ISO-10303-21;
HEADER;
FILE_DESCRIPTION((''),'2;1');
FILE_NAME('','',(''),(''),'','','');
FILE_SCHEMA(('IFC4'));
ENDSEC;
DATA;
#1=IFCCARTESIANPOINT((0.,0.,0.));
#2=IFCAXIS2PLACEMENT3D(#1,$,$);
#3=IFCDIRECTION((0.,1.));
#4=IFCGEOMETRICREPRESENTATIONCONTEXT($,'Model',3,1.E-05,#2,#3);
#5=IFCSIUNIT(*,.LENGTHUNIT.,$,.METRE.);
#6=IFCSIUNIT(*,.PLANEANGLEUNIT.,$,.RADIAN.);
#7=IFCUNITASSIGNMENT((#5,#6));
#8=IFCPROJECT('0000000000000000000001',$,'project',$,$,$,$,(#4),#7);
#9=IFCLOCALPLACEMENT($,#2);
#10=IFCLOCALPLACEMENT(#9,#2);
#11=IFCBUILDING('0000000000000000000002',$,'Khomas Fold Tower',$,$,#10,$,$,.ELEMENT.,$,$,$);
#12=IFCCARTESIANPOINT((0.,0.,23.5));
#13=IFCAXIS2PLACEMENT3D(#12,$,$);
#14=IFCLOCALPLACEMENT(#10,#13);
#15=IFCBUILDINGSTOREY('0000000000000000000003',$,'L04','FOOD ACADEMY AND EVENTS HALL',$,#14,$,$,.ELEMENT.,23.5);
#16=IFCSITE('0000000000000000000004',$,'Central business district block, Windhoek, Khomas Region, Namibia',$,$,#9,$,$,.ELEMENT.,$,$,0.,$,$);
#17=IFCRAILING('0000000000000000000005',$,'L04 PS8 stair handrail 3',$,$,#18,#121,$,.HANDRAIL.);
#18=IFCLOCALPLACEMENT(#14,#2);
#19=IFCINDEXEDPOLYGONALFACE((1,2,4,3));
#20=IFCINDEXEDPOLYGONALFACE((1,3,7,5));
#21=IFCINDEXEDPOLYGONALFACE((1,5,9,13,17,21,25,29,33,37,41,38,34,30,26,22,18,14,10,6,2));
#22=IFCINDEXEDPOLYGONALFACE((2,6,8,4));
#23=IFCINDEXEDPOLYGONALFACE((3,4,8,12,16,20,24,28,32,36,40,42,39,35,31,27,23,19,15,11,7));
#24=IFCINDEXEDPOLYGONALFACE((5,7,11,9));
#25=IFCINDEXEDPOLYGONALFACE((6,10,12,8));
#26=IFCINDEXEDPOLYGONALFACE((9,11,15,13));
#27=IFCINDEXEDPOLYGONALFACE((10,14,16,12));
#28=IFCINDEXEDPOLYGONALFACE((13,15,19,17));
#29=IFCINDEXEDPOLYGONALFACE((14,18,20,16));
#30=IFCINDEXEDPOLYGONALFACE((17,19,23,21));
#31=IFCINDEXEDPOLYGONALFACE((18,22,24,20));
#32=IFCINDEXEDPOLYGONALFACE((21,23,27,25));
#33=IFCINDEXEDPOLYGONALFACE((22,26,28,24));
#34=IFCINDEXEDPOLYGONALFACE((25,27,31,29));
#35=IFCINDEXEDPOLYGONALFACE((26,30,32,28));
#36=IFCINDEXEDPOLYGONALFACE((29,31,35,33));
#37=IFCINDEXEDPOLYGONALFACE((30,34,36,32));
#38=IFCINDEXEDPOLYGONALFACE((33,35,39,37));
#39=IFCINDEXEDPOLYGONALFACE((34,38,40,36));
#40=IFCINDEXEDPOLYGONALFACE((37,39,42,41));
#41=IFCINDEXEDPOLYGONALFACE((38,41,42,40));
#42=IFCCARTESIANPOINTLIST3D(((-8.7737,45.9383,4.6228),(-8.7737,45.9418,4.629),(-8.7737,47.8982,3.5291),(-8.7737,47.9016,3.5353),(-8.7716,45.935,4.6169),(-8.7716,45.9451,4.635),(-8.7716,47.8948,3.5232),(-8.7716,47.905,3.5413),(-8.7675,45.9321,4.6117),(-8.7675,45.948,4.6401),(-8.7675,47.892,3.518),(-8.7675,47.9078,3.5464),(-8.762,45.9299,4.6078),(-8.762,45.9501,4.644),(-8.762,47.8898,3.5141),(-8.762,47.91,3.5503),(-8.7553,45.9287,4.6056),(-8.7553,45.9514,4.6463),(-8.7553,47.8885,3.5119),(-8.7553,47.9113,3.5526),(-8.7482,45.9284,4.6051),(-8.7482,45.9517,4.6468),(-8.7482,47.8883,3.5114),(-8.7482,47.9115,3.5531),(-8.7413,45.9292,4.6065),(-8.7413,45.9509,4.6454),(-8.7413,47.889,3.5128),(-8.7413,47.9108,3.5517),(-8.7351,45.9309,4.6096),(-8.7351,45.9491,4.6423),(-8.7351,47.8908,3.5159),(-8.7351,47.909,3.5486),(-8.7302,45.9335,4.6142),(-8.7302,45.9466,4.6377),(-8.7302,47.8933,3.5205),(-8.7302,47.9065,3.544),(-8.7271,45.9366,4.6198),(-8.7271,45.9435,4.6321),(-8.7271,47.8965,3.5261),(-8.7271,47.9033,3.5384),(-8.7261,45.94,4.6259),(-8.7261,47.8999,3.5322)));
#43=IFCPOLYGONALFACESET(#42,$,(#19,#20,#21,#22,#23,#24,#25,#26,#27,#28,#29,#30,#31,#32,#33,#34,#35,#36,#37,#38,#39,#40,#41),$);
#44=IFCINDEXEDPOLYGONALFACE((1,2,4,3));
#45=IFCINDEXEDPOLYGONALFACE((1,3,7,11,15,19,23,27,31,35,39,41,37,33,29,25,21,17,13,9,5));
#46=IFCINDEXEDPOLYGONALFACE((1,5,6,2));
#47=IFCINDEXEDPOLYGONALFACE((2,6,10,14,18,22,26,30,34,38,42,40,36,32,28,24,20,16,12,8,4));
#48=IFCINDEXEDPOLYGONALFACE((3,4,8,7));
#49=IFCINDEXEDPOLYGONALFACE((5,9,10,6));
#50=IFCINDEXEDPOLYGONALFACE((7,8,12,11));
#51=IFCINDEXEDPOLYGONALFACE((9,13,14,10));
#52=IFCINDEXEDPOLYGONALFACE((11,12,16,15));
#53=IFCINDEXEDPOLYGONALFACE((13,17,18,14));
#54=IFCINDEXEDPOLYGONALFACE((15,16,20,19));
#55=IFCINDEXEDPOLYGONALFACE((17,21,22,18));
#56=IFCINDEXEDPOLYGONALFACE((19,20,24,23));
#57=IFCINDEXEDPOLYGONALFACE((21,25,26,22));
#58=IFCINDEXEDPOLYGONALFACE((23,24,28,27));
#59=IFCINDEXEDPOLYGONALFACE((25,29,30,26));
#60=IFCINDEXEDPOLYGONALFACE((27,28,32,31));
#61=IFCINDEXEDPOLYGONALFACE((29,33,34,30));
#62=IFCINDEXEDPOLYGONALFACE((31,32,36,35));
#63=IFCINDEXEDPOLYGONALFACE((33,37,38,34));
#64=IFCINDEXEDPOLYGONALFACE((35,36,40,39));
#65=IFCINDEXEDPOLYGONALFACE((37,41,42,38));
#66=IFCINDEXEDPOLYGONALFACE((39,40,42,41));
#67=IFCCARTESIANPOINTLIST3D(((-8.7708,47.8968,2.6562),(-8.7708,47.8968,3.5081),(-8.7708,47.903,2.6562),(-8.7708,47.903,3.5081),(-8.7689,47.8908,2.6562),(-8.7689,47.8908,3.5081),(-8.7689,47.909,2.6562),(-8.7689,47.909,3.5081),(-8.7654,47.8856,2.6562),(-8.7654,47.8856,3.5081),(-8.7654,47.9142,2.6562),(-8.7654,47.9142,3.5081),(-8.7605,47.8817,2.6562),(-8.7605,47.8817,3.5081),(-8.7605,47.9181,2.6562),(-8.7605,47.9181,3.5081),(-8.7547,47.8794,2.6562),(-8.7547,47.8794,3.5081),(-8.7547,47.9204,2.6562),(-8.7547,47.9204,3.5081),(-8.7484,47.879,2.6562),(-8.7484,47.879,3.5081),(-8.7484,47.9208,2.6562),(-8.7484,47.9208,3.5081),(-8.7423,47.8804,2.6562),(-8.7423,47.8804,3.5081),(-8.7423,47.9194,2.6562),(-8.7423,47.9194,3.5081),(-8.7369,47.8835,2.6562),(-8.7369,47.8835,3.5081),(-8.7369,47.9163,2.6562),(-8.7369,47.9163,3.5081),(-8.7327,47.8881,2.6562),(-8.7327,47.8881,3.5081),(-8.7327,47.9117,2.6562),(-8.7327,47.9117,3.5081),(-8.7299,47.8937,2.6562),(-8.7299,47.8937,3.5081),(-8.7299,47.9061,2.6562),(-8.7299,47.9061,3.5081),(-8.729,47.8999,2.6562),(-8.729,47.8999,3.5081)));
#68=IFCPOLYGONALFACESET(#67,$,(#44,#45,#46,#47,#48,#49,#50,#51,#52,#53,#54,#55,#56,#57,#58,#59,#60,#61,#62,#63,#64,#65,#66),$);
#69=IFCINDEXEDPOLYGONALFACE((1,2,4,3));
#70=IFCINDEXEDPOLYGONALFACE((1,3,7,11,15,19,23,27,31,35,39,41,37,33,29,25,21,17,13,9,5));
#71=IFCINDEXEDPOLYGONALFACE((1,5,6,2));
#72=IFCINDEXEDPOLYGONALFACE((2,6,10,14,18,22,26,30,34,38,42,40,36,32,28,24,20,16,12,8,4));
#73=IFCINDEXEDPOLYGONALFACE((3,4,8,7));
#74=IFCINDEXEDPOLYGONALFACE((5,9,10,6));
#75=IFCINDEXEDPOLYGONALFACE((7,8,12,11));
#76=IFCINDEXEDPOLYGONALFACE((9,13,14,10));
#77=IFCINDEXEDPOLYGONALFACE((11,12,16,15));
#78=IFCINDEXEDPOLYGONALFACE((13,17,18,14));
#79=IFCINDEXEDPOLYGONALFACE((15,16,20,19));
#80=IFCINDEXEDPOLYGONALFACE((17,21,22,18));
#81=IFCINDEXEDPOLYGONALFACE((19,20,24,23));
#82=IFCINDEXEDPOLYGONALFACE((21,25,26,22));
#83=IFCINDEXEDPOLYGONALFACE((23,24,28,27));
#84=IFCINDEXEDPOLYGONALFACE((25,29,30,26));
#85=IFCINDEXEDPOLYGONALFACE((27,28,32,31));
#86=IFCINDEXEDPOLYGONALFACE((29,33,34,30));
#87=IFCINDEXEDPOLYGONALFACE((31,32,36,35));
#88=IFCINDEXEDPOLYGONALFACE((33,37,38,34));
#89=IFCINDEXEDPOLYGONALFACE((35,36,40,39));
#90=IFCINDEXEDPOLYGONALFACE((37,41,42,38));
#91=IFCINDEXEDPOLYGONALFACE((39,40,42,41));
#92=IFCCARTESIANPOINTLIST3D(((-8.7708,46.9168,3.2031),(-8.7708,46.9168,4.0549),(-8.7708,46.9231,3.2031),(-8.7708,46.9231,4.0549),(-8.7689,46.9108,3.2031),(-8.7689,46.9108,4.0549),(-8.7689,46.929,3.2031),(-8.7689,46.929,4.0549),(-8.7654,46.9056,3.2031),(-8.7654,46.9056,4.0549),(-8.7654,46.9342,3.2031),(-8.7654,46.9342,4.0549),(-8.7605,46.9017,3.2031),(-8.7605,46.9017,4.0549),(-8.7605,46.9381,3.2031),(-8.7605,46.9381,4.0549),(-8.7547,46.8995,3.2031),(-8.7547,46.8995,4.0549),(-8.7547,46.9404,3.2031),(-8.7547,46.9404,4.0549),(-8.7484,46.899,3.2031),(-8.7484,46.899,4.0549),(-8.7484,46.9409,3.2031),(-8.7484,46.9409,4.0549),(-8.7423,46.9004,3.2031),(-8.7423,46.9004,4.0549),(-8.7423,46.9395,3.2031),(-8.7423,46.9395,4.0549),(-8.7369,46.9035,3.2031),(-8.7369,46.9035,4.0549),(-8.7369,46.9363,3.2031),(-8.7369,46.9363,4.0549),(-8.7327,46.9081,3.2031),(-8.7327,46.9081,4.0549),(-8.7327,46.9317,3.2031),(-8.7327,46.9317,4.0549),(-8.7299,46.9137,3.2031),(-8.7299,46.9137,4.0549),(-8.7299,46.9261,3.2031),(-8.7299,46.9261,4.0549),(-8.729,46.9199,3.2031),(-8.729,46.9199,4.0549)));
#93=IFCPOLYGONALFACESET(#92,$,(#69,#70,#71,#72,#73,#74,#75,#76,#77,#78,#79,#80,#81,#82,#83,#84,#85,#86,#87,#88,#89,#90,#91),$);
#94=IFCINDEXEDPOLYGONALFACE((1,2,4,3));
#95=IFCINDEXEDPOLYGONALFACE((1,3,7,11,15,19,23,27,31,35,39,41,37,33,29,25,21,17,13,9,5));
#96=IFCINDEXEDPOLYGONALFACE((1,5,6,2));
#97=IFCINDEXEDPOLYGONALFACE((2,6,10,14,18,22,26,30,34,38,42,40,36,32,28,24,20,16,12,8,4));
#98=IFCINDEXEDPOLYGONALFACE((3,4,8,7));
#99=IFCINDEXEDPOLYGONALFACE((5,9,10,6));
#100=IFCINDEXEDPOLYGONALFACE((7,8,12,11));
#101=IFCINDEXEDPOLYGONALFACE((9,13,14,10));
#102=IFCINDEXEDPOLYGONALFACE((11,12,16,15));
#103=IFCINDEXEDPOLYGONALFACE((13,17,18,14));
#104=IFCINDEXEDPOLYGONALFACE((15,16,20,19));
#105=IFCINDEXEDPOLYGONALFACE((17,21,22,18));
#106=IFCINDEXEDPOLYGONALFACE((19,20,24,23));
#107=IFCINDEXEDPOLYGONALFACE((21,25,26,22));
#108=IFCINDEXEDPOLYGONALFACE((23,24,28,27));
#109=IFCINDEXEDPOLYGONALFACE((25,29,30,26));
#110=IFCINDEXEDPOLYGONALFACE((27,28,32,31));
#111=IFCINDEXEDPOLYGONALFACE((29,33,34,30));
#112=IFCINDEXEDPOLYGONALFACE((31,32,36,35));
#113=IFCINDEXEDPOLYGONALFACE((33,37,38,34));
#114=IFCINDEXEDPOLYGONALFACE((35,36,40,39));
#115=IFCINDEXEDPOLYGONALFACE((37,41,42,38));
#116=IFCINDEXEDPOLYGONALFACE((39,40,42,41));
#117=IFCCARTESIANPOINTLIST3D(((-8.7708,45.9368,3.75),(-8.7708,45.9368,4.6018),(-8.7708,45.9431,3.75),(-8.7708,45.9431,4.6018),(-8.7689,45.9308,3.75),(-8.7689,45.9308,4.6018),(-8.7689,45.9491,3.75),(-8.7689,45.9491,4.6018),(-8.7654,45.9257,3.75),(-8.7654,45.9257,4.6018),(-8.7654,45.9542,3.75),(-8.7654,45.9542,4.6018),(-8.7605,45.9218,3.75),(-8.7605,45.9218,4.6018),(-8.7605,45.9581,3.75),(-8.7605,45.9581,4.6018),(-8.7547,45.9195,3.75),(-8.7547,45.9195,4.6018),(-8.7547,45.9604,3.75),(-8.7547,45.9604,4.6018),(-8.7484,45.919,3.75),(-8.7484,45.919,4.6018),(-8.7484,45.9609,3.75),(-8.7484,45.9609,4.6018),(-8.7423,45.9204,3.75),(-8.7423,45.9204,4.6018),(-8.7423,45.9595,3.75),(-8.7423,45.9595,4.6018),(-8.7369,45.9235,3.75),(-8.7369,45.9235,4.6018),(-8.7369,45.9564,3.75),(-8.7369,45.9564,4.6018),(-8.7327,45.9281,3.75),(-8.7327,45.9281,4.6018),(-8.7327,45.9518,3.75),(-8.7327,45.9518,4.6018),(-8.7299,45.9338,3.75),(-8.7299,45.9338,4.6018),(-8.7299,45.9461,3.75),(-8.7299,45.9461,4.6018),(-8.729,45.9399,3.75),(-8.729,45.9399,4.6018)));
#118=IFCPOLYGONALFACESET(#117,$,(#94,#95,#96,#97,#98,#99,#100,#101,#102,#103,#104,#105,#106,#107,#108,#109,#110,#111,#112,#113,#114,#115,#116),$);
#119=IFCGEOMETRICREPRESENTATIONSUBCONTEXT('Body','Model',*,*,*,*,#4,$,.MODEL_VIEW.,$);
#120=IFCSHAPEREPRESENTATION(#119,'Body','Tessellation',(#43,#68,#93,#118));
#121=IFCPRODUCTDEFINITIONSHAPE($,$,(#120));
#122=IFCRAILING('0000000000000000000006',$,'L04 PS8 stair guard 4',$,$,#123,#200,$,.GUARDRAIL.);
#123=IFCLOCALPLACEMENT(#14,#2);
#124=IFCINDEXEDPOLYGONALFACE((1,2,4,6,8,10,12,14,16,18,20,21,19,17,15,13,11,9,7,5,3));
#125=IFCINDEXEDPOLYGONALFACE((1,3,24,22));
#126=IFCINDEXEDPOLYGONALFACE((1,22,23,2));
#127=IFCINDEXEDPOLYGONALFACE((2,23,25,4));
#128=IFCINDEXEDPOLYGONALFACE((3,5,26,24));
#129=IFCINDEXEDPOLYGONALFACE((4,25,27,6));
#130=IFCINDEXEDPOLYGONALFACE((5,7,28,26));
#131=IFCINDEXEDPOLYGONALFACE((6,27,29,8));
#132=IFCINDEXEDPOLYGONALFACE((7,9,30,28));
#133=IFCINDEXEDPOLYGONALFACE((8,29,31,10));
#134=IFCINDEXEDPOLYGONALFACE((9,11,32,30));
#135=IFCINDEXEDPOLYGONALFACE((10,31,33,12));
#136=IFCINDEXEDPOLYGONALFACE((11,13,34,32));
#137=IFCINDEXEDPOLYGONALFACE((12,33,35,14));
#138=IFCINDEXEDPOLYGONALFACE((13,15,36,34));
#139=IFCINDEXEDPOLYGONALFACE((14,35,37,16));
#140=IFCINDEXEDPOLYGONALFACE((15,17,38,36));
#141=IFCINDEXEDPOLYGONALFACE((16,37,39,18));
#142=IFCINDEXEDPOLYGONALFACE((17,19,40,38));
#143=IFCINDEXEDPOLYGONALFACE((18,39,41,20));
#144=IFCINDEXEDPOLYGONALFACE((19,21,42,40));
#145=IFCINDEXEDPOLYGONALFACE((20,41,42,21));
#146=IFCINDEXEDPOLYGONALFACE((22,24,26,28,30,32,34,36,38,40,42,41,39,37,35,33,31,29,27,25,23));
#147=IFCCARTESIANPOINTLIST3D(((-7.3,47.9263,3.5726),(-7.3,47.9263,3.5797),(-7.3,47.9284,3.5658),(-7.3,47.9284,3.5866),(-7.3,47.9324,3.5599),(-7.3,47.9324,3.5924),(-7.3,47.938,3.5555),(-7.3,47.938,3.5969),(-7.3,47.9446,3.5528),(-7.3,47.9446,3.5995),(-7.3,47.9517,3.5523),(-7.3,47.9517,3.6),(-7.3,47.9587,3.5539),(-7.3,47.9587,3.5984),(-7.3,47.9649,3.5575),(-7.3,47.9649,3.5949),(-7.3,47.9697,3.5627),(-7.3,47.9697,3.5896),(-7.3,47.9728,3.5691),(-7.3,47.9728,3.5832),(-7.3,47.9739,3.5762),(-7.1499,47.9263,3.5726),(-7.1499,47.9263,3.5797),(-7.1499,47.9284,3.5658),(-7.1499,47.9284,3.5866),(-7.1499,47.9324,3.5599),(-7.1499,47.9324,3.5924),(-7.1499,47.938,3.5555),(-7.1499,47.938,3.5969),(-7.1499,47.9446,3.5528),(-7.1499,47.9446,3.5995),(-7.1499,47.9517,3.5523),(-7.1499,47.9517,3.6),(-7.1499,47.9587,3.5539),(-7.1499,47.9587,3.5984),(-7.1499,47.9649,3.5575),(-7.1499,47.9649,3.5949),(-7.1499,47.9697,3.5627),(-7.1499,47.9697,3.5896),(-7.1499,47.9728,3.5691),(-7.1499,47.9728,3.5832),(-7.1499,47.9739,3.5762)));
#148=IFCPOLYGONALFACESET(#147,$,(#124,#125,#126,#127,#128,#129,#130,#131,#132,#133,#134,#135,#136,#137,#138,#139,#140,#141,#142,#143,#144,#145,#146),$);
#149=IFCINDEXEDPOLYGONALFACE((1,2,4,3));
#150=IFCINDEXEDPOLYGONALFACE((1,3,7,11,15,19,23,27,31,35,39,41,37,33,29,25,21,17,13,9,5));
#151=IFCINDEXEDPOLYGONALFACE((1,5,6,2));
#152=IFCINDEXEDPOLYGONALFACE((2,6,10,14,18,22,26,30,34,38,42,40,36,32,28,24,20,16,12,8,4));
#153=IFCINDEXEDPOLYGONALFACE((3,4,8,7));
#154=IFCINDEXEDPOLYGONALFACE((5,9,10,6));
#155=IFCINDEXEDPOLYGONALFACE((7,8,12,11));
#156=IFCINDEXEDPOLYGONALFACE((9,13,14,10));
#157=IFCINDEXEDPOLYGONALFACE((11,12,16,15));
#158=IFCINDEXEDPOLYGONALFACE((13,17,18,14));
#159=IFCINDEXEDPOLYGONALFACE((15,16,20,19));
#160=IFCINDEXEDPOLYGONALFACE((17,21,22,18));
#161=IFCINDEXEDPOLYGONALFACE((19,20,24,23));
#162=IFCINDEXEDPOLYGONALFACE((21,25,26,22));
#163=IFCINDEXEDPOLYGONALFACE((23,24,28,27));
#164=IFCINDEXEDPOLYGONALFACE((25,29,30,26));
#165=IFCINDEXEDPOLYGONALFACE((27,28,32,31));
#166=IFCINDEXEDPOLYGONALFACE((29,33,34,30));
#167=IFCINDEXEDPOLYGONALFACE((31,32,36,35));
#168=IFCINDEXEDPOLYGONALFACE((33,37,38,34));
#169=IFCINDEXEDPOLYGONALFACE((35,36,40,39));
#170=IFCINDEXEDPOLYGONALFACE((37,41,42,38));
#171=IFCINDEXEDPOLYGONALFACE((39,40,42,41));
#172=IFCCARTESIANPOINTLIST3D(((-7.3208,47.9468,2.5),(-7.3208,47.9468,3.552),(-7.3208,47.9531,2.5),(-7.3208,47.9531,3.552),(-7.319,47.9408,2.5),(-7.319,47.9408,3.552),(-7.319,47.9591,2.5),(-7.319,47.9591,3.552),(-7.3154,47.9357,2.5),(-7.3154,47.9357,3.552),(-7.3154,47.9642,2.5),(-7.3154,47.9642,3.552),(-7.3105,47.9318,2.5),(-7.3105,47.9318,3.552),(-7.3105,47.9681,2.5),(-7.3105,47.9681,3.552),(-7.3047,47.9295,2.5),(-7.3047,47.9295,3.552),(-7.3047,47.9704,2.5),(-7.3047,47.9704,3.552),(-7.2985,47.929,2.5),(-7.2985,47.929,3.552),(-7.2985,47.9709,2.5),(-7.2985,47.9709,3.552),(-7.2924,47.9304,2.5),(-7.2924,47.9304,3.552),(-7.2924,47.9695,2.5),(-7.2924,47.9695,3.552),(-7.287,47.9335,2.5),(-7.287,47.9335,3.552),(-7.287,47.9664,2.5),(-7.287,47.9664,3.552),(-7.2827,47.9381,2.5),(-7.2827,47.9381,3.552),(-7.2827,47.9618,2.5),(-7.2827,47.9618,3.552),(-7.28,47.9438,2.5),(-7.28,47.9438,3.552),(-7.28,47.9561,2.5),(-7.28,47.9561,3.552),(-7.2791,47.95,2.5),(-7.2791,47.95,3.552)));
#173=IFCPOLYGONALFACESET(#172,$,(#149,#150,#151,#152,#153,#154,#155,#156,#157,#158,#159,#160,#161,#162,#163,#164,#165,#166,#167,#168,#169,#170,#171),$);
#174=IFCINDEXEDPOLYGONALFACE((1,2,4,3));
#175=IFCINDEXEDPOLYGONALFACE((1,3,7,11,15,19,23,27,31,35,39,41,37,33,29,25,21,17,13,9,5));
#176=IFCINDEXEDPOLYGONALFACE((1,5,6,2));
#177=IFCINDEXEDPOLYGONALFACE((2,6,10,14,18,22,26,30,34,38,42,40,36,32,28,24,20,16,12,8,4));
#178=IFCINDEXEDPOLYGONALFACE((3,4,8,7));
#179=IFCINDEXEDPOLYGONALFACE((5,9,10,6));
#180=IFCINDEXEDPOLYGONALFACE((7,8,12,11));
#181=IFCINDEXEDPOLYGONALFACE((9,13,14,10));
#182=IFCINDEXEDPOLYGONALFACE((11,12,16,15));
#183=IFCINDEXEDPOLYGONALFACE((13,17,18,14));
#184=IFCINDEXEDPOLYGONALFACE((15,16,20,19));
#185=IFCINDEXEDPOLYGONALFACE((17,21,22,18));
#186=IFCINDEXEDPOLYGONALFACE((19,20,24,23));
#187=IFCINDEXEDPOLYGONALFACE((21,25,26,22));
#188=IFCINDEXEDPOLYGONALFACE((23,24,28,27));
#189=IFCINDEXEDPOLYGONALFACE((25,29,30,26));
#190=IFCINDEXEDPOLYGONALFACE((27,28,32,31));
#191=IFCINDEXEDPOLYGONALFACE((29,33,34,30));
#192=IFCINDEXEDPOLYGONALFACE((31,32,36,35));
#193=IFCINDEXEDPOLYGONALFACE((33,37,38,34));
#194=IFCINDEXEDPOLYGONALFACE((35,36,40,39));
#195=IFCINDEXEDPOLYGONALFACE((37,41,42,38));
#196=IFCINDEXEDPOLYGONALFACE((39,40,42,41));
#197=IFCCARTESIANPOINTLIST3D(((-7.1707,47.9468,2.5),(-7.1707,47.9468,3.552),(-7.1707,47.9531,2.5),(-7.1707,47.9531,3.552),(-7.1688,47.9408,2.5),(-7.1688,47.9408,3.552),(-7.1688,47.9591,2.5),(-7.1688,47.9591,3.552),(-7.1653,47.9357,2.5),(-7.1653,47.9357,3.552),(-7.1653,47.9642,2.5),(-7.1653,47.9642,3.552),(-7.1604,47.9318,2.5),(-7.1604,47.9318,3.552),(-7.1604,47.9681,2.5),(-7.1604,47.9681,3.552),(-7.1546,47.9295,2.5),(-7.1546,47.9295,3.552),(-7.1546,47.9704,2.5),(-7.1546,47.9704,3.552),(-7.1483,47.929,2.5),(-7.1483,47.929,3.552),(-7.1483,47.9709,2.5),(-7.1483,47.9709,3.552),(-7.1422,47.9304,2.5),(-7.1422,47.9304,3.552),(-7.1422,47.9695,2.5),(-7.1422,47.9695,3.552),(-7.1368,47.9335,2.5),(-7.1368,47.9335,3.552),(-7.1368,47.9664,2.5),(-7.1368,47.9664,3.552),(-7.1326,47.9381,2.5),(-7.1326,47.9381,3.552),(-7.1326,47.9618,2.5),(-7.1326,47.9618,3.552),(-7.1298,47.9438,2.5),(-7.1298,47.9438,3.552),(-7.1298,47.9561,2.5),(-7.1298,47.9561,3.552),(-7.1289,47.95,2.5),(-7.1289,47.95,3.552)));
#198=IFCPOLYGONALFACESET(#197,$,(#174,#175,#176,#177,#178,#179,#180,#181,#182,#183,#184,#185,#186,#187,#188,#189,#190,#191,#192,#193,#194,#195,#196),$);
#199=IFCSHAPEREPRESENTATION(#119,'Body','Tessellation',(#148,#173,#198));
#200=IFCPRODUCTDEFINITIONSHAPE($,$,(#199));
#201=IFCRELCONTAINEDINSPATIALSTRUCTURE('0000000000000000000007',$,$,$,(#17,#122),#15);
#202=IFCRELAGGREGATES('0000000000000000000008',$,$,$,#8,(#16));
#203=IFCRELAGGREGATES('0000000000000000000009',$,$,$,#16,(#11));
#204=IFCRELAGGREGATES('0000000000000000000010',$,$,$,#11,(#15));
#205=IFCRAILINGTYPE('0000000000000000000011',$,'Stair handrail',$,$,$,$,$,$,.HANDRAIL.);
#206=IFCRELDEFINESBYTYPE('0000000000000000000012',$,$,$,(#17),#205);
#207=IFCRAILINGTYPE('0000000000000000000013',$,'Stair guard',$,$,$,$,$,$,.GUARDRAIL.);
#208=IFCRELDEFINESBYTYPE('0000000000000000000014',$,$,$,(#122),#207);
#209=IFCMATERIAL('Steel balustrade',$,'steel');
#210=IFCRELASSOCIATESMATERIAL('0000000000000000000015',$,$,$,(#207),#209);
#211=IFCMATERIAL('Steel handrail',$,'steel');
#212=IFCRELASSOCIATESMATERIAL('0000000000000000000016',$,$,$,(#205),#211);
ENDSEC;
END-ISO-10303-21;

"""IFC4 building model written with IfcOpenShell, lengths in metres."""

from ifc_helpers import new_model, si_unit, direction, frame, origin, origin_2d, place, context, subcontext, project, spatial, circle, extrude, source, transform, mapped, material, type_object, element, save


model = new_model("IFC4")

# Units and contexts
model_context = context("Model", 3, precision=1e-05, world=origin(), true_north=direction((0.0, 1.0)))
body_context = subcontext(model_context, "Body", "Model", "MODEL_VIEW")
ifc_project = project(units=[si_unit("LENGTHUNIT", "METRE"), si_unit("PLANEANGLEUNIT", "RADIAN")], contexts=[model_context])

# Site, building, storey
site_placement = place(None, origin())
site = spatial("IfcSite", under=ifc_project, at=site_placement, Name="Central business district block, Windhoek, Khomas Region, Namibia", CompositionType="ELEMENT", RefElevation=0.0)
building_placement = place(site_placement, origin())
building = spatial("IfcBuilding", under=site, at=building_placement, Name="Khomas Fold Tower", CompositionType="ELEMENT")
storey_placement = place(building_placement, frame((0.0, 0.0, 23.5)))
storey = spatial("IfcBuildingStorey", under=building, at=storey_placement, Name="L04", Description="FOOD ACADEMY AND EVENTS HALL", CompositionType="ELEMENT", Elevation=23.5)

# Railings
ifc_material_1 = material(Name="Steel balustrade", Category="steel")
railing_type_1 = type_object("IfcRailingType", Name="Stair guard", PredefinedType="GUARDRAIL", material=ifc_material_1)
ifc_material_2 = material(Name="Steel handrail", Category="steel")
railing_type_2 = type_object("IfcRailingType", Name="Stair handrail", PredefinedType="HANDRAIL", material=ifc_material_2)
shared_shape_1 = source(origin(), body_context, "Body", "SweptSolid", [
    extrude(circle(Radius=0.0239, at=origin_2d()), frame((0.0, 0.0, 0.876), z_axis=(0.0, -0.873232, 0.487304), x_axis=(1.0, 0.0, 0.0)), (0.0, 0.0, 1.0), 2.2444),
    extrude(circle(Radius=0.021, at=origin_2d()), origin(), (0.0, 0.0, 1.0), 0.8518),
    extrude(circle(Radius=0.021, at=origin_2d()), frame((0.0, -0.98, 0.5469)), (0.0, 0.0, 1.0), 0.8518),
    extrude(circle(Radius=0.021, at=origin_2d()), frame((0.0, -1.96, 1.0938)), (0.0, 0.0, 1.0), 0.8518),
])
for number, where, name in (
    (1, (-8.75, 47.8999, 2.6562), "L04 PS8 stair handrail 3"),
):
    element("IfcRailing", number, at=place(storey_placement, frame(where)), inside=storey, type_object=railing_type_2, Name=name, PredefinedType="HANDRAIL", context=body_context, shape_type="MappedRepresentation", body=[
        mapped(shared_shape_1, transform((0.0, 0.0, 0.0))),
    ])
shared_shape_2 = source(origin(), body_context, "Body", "SweptSolid", [
    extrude(circle(Radius=0.0239, at=origin_2d()), frame((0.0, 0.0, 1.0762), z_axis=(1.0, 0.0, 0.0), x_axis=(0.0, 1.0, 0.0)), (0.0, 0.0, 1.0), 0.1501),
    extrude(circle(Radius=0.021, at=origin_2d()), origin(), (0.0, 0.0, 1.0), 1.052),
    extrude(circle(Radius=0.021, at=origin_2d()), frame((0.1501, 0.0, 0.0)), (0.0, 0.0, 1.0), 1.052),
])
for number, where, name in (
    (2, (-7.3, 47.95, 2.5), "L04 PS8 stair guard 4"),
):
    element("IfcRailing", number, at=place(storey_placement, frame(where)), inside=storey, type_object=railing_type_1, Name=name, PredefinedType="GUARDRAIL", context=body_context, shape_type="MappedRepresentation", body=[
        mapped(shared_shape_2, transform((0.0, 0.0, 0.0))),
    ])

save(model, "model.ifc")
